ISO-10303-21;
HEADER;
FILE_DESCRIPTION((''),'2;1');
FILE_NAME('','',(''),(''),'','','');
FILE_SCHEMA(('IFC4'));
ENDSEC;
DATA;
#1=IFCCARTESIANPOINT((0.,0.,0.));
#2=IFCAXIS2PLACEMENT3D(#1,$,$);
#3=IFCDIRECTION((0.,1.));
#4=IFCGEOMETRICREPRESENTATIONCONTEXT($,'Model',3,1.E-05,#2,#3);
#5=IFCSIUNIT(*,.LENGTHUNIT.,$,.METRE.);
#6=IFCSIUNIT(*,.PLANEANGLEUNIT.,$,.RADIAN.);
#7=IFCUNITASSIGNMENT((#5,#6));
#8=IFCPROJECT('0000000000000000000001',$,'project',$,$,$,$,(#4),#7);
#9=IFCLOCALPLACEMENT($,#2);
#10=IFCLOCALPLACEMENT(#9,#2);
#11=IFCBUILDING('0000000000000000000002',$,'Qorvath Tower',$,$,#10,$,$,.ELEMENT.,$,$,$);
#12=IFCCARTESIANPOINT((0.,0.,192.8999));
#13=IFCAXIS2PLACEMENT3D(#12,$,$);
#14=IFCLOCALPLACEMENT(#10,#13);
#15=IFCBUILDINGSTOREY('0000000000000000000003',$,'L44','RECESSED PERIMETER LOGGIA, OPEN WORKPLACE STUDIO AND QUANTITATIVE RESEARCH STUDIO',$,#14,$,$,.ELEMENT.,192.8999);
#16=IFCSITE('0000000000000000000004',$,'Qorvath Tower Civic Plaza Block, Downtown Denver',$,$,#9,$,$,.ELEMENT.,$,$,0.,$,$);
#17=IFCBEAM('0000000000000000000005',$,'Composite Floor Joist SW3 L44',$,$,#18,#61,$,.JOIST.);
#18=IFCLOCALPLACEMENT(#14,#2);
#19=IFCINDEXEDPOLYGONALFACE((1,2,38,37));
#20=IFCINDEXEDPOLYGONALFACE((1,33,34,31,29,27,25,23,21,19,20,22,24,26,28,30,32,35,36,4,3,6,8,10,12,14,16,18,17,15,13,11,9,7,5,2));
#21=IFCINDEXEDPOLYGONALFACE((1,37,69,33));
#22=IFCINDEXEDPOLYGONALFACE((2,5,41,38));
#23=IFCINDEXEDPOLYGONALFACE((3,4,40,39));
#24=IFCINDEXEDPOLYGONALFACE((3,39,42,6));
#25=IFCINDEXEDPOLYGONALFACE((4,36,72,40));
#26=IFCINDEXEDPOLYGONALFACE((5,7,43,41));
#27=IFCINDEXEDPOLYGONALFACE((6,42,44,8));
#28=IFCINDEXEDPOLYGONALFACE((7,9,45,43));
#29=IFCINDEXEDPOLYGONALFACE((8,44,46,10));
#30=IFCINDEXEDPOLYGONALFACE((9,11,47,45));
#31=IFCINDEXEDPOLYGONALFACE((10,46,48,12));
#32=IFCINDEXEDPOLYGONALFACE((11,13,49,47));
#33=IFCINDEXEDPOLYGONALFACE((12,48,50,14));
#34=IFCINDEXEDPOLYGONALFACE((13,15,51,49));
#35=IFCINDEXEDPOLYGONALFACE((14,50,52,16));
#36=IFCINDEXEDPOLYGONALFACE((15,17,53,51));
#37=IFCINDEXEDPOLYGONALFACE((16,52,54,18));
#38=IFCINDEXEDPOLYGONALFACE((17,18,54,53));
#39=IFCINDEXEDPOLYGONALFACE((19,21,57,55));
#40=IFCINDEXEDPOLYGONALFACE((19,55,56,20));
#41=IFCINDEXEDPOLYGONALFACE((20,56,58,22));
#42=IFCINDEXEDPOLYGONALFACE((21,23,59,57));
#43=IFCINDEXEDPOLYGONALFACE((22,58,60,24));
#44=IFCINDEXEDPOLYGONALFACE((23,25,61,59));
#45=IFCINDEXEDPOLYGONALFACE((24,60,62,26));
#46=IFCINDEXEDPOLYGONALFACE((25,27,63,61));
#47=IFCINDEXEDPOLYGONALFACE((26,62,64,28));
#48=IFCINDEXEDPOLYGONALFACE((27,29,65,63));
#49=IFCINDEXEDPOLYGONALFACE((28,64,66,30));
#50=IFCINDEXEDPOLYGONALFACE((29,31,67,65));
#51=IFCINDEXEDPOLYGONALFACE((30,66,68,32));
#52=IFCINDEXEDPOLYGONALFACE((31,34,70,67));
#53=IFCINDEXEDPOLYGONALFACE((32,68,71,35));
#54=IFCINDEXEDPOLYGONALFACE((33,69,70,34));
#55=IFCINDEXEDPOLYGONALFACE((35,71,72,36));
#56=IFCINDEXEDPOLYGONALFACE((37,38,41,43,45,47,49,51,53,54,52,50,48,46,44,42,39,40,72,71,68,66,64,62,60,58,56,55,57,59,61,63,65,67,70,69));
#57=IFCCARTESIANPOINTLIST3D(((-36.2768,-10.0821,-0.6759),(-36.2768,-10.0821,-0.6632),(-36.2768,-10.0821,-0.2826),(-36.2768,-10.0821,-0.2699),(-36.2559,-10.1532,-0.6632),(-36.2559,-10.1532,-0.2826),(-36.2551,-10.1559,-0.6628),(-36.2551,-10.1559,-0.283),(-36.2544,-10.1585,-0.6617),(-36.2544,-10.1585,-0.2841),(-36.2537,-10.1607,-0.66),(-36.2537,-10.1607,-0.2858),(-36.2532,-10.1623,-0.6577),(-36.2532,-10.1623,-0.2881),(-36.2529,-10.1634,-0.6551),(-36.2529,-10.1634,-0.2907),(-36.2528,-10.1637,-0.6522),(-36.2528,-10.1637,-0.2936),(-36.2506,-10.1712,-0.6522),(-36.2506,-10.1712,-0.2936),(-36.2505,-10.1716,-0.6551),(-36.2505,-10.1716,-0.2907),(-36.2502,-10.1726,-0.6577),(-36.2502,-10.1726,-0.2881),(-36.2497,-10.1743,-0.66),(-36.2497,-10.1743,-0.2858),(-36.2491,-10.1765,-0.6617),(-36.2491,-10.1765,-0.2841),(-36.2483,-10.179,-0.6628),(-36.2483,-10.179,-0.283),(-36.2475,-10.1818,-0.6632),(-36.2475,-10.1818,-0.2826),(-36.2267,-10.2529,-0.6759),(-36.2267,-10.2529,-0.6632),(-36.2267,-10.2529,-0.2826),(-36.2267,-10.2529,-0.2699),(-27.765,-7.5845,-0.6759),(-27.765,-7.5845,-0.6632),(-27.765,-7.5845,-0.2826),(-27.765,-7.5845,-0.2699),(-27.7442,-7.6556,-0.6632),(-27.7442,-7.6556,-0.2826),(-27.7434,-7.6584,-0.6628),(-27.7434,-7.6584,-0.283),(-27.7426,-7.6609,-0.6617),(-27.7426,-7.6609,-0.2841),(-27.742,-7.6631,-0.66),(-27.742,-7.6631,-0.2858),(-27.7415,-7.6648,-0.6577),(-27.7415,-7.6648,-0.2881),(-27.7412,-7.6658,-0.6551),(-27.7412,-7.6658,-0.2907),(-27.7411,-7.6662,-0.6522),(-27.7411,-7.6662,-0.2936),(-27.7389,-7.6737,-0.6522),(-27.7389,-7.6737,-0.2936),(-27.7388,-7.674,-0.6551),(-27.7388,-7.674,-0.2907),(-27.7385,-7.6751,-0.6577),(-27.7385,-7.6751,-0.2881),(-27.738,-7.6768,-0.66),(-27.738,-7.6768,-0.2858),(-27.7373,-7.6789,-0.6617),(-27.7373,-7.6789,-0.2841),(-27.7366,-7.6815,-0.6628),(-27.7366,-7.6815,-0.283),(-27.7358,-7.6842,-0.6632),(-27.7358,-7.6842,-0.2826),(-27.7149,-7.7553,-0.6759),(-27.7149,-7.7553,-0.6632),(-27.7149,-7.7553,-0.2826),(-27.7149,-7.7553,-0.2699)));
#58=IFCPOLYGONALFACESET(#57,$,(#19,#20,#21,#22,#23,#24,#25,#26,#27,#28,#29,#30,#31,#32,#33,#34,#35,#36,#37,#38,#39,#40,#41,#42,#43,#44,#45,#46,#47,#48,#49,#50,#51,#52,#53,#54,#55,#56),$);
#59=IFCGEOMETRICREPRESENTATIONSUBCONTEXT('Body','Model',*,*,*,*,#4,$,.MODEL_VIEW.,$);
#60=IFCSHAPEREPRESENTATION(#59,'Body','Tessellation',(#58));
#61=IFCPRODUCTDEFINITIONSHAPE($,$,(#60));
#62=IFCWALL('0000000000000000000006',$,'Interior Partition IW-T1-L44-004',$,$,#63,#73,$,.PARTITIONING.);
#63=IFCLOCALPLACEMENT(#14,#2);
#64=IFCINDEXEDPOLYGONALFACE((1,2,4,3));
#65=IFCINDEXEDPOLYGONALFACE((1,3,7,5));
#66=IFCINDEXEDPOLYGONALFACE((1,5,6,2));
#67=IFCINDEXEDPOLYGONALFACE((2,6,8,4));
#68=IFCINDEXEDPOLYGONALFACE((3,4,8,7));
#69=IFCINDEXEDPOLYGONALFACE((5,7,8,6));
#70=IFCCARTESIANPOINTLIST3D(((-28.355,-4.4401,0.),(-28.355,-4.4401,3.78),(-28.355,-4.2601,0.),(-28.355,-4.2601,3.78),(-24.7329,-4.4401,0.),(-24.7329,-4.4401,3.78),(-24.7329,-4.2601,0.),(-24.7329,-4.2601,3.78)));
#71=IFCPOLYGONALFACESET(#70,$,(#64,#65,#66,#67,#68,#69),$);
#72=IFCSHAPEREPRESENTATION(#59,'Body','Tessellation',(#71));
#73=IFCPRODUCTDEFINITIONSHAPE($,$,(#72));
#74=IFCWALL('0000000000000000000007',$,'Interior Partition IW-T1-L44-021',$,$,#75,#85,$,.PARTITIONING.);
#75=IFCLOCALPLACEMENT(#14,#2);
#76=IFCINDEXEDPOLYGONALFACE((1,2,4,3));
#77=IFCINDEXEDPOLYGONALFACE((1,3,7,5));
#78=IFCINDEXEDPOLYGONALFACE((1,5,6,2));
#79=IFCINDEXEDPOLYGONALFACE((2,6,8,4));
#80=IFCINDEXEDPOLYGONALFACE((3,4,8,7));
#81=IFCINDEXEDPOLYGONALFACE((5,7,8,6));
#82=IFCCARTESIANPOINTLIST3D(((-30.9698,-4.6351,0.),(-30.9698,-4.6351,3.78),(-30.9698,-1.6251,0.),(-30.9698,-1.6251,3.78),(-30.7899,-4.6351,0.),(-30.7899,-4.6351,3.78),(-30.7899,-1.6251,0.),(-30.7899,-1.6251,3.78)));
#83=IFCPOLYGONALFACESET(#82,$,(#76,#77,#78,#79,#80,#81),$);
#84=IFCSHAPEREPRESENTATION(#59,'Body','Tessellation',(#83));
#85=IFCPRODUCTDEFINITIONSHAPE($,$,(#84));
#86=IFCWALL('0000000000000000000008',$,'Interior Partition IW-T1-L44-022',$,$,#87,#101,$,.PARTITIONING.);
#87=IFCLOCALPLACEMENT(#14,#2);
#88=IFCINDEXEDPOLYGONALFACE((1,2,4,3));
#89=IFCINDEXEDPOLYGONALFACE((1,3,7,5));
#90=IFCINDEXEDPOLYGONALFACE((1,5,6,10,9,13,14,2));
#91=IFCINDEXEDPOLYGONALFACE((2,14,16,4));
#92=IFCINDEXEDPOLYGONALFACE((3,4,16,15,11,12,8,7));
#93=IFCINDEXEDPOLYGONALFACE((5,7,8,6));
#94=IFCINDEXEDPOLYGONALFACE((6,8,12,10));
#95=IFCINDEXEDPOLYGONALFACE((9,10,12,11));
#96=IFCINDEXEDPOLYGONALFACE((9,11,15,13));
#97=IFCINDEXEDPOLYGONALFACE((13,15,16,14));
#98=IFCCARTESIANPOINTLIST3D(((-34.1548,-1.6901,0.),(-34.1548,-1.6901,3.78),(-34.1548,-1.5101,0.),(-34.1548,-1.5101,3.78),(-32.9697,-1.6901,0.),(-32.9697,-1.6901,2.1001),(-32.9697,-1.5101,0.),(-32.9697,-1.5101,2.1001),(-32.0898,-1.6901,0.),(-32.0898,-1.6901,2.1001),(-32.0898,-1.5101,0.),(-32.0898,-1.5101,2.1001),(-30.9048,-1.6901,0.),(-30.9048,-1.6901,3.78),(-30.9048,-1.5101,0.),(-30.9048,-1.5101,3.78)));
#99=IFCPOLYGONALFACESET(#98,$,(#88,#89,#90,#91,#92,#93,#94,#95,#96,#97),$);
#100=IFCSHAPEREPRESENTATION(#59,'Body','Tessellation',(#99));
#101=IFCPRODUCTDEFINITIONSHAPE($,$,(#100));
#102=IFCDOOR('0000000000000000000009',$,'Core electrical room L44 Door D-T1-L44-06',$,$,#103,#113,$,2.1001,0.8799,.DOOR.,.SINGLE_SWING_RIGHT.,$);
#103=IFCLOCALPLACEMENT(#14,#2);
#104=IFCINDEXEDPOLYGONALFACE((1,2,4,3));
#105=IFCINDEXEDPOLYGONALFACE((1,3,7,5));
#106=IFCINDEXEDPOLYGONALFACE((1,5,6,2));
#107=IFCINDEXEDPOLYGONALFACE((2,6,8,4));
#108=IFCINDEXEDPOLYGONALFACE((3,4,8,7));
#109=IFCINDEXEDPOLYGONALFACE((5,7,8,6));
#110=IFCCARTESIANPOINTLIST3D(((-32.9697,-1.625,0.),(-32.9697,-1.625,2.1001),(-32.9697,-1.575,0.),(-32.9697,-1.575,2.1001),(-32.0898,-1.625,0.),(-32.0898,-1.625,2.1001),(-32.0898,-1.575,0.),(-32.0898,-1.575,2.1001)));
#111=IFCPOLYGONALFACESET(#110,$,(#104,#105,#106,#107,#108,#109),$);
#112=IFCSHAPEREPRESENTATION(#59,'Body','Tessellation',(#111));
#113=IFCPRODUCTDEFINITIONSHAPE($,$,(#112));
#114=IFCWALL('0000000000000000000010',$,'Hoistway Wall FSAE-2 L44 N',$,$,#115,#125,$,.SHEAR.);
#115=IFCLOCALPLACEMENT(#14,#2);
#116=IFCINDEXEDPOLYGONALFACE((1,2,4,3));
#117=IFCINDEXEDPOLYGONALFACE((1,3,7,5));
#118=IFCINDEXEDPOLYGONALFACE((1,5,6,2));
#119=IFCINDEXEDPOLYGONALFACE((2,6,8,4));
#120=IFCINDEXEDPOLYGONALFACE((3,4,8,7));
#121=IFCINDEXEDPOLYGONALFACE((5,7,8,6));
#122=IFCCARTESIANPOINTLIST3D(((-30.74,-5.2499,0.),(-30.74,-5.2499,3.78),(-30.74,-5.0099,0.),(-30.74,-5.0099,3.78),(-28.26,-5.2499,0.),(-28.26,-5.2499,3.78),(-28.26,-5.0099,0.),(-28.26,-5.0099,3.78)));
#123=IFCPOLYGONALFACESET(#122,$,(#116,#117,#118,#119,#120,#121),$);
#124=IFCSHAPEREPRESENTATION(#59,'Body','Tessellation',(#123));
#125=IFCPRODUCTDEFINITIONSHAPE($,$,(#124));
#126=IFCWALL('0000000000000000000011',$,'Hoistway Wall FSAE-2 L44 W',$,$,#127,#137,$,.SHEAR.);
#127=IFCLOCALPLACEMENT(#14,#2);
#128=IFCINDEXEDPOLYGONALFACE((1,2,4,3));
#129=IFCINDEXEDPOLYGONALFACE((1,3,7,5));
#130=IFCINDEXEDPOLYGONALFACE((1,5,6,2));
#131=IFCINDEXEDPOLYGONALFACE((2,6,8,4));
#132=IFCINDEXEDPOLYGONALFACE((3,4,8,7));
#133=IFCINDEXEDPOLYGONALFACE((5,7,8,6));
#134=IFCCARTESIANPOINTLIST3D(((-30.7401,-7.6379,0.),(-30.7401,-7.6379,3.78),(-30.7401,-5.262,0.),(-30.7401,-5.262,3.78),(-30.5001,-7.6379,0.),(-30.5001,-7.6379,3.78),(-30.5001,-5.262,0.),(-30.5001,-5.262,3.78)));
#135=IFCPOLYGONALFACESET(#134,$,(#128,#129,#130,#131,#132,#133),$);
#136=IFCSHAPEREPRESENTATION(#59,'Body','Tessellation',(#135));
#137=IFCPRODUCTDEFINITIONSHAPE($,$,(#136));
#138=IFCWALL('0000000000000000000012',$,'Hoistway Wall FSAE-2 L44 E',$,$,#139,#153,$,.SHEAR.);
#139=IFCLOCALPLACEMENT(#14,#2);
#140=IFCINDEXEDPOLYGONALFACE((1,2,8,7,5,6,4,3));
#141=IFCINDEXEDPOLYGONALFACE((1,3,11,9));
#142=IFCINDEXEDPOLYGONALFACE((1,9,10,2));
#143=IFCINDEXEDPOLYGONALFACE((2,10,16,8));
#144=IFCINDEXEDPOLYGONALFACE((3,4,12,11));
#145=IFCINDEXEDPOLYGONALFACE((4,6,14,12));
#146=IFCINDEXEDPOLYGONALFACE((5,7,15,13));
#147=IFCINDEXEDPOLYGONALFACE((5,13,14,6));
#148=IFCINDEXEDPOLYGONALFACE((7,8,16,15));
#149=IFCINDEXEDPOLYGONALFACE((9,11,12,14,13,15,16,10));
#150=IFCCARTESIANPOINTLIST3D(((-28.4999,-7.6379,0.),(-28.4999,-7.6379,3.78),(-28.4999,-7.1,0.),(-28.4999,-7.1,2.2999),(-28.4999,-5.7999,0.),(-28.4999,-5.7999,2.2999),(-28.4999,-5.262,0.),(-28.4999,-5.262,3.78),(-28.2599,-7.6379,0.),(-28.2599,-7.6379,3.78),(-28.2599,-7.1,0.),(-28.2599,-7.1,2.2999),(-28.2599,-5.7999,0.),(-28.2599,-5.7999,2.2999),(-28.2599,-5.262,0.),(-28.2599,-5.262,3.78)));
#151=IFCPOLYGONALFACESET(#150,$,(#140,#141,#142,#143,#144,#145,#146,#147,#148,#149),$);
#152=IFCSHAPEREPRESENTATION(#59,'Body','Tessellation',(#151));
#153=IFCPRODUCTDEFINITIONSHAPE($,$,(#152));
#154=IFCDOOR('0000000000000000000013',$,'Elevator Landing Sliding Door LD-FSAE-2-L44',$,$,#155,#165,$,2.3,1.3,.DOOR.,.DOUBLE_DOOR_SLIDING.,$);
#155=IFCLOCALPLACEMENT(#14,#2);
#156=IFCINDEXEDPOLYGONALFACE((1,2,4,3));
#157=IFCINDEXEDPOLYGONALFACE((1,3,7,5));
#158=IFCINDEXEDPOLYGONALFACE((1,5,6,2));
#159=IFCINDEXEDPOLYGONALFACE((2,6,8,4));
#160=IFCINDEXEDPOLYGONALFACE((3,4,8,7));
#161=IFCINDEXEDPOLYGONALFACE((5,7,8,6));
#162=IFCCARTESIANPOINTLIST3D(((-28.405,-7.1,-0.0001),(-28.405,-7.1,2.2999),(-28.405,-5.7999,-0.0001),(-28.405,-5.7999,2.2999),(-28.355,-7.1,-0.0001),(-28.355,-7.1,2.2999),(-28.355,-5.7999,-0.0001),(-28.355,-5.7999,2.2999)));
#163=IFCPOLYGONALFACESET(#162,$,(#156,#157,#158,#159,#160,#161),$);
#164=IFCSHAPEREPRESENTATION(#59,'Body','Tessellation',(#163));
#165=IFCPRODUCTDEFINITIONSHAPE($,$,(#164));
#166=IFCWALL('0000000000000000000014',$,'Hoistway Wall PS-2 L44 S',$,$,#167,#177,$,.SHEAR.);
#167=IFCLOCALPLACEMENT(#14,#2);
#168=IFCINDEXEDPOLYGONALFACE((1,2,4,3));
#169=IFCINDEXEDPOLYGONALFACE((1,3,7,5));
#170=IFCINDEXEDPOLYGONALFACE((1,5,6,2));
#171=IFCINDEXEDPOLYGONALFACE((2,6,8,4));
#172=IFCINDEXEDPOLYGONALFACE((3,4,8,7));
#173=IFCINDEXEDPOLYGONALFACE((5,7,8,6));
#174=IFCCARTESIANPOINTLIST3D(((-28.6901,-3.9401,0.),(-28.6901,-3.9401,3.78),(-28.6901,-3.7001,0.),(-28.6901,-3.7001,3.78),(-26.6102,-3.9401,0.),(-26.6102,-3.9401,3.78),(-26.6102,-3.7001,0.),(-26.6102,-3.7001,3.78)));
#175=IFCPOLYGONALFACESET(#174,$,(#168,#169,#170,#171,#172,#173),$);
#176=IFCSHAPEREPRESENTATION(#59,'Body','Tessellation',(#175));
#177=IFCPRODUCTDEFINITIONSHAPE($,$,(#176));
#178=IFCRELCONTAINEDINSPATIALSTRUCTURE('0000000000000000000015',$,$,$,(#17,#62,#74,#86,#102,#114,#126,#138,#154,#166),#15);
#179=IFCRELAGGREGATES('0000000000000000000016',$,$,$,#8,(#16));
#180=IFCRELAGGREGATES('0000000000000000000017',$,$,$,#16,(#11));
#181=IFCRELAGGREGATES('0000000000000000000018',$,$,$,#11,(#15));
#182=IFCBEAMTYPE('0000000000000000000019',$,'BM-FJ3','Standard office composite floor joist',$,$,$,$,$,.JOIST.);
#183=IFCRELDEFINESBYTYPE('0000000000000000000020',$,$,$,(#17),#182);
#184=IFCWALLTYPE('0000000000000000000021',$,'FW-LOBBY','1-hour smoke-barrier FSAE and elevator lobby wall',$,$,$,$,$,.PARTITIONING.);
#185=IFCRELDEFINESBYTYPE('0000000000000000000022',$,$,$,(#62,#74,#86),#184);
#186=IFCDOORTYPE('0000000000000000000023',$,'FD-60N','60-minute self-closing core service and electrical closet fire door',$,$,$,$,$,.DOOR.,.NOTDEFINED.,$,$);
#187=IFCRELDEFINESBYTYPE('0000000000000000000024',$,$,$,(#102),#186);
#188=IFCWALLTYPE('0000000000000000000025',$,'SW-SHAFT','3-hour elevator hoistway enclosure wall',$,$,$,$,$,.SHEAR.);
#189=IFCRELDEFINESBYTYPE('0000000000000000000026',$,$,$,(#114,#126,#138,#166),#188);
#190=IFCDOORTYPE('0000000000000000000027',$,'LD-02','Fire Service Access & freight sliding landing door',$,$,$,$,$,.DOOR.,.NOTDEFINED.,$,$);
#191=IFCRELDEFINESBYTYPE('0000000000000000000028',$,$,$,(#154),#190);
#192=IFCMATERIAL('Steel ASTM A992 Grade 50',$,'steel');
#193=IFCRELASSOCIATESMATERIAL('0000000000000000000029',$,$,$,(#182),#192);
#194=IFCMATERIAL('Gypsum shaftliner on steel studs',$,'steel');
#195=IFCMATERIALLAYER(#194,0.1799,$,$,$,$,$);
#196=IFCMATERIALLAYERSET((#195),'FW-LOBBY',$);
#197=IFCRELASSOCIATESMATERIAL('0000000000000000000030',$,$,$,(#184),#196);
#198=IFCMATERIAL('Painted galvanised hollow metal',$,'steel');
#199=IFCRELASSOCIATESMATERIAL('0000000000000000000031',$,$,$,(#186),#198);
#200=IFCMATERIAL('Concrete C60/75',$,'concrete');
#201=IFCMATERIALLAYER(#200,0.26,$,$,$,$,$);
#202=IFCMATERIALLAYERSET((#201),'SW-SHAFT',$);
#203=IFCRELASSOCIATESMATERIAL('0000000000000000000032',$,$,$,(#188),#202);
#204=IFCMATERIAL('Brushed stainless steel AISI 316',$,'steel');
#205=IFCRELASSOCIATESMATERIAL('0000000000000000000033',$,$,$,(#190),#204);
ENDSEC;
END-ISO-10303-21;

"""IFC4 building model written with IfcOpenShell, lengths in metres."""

from ifc_helpers import new_model, si_unit, direction, frame, frame_2d, origin, origin_2d, place, context, subcontext, project, spatial, rectangle, i_section, extrude, material, layer, layer_set, material_profile, profile_set, type_object, element, fill, save


model = new_model("IFC4")

# Units and contexts
model_context = context("Model", 3, precision=1e-05, world=origin(), true_north=direction((0.0, 1.0)))
body_context = subcontext(model_context, "Body", "Model", "MODEL_VIEW")
ifc_project = project(units=[si_unit("LENGTHUNIT", "METRE"), si_unit("PLANEANGLEUNIT", "RADIAN")], contexts=[model_context])

# Site, building, storey
site_placement = place(None, origin())
site = spatial("IfcSite", under=ifc_project, at=site_placement, Name="Qorvath Tower Civic Plaza Block, Downtown Denver", CompositionType="ELEMENT", RefElevation=0.0)
building_placement = place(site_placement, origin())
building = spatial("IfcBuilding", under=site, at=building_placement, Name="Qorvath Tower", CompositionType="ELEMENT")
storey_placement = place(building_placement, frame((0.0, 0.0, 192.8999)))
storey = spatial("IfcBuildingStorey", under=building, at=storey_placement, Name="L44", Description="RECESSED PERIMETER LOGGIA, OPEN WORKPLACE STUDIO AND QUANTITATIVE RESEARCH STUDIO", CompositionType="ELEMENT", Elevation=192.8999)

# Beam
ifc_material_1 = material(Name="Steel ASTM A992 Grade 50", Category="steel")
ifc_material_profile_1 = material_profile(ifc_material_1, i_section(OverallWidth=0.178, OverallDepth=0.406, WebThickness=0.0078, FlangeThickness=0.0127, FilletRadius=0.011, at=origin_2d()), Name="W16x40")
ifc_profile_set_1 = profile_set([ifc_material_profile_1], Name="Steel ASTM A992 Grade 50")
beam_type_1 = type_object("IfcBeamType", Name="BM-FJ3", Description="Standard office composite floor joist", PredefinedType="JOIST", material=ifc_profile_set_1)
beam_1_placement = place(storey_placement, frame((-27.74, -7.6699, -0.4729), z_axis=(-0.959545, -0.281555, 0.0), x_axis=(0.281555, -0.959545, 0.0)))
element("IfcBeam", 1, at=beam_1_placement, inside=storey, type_object=beam_type_1, Name="Composite Floor Joist SW3 L44", PredefinedType="JOIST", context=body_context, shape_type="SweptSolid", body=[
    extrude(i_section(OverallWidth=0.178, OverallDepth=0.406, WebThickness=0.0078, FlangeThickness=0.0127, FilletRadius=0.011, at=origin_2d()), origin(), (0.0, 0.0, 1.0), 8.8706),
])

# Walls
ifc_material_2 = material(Name="Gypsum shaftliner on steel studs", Category="steel")
ifc_layer_1 = layer(ifc_material_2, 0.1799)
ifc_layer_set_1 = layer_set([ifc_layer_1], Name="FW-LOBBY")
wall_type_1 = type_object("IfcWallType", Name="FW-LOBBY", Description="1-hour smoke-barrier FSAE and elevator lobby wall", PredefinedType="PARTITIONING", material=ifc_layer_set_1)
wall_1_placement = place(storey_placement, frame((-24.7329, -4.3501, 0.0), z_axis=(0.0, 0.0, 1.0), x_axis=(-1.0, 0.0, 0.0)))
element("IfcWall", 2, at=wall_1_placement, inside=storey, type_object=wall_type_1, Name="Interior Partition IW-T1-L44-004", PredefinedType="PARTITIONING", context=body_context, shape_type="SweptSolid", body=[
    extrude(rectangle(XDim=3.6221, YDim=0.1799, at=frame_2d((1.811, 0.0))), origin(), (0.0, 0.0, 1.0), 3.78),
])
wall_2_placement = place(storey_placement, frame((-30.8799, -4.635, 0.0), z_axis=(0.0, 0.0, 1.0), x_axis=(0.0, 1.0, 0.0)))
element("IfcWall", 3, at=wall_2_placement, inside=storey, type_object=wall_type_1, Name="Interior Partition IW-T1-L44-021", PredefinedType="PARTITIONING", context=body_context, shape_type="SweptSolid", body=[
    extrude(rectangle(XDim=3.01, YDim=0.1799, at=frame_2d((1.5049, 0.0))), origin(), (0.0, 0.0, 1.0), 3.78),
])

# Wall, opening, door
wall_3_placement = place(storey_placement, frame((-30.9048, -1.6001, 0.0), z_axis=(0.0, 0.0, 1.0), x_axis=(-1.0, 0.0, 0.0)))
wall_3 = element("IfcWall", 4, at=wall_3_placement, inside=storey, type_object=wall_type_1, Name="Interior Partition IW-T1-L44-022", PredefinedType="PARTITIONING", context=body_context, shape_type="SweptSolid", body=[
    extrude(rectangle(XDim=3.25, YDim=0.1799, at=frame_2d((1.625, 0.0))), origin(), (0.0, 0.0, 1.0), 3.78),
])
opening_1_placement = place(wall_3_placement, frame((1.1851, 0.0, 0.0)))
opening_1 = element("IfcOpeningElement", 5, at=opening_1_placement, cuts=wall_3, PredefinedType="OPENING", context=body_context, shape_type="SweptSolid", body=[
    extrude(rectangle(XDim=0.8799, YDim=2.1001, at=frame_2d((0.4399, 1.05))), frame((0.0, 0.1001, 0.0), z_axis=(0.0, -1.0, 0.0), x_axis=(1.0, 0.0, 0.0)), (0.0, 0.0, 1.0), 0.2),
])
ifc_material_3 = material(Name="Painted galvanised hollow metal", Category="steel")
door_type_1 = type_object("IfcDoorType", Name="FD-60N", Description="60-minute self-closing core service and electrical closet fire door", OperationType="NOTDEFINED", PredefinedType="DOOR", material=ifc_material_3)
door_1_placement = place(opening_1_placement, origin())
door_1 = element("IfcDoor", 6, at=door_1_placement, inside=storey, type_object=door_type_1, Name="Core electrical room L44 Door D-T1-L44-06", OperationType="SINGLE_SWING_RIGHT", OverallHeight=2.1001, OverallWidth=0.8799, PredefinedType="DOOR", context=body_context, shape_type="SweptSolid", body=[
    extrude(rectangle(XDim=0.8799, YDim=2.1001, at=frame_2d((0.4399, 1.05))), frame((0.0, 0.0249, 0.0), z_axis=(0.0, -1.0, 0.0), x_axis=(1.0, 0.0, 0.0)), (0.0, 0.0, 1.0), 0.05),
])
fill(opening_1, door_1)

# Walls
ifc_material_4 = material(Name="Concrete C60/75", Category="concrete")
ifc_layer_2 = layer(ifc_material_4, 0.26)
ifc_layer_set_2 = layer_set([ifc_layer_2], Name="SW-SHAFT")
wall_type_2 = type_object("IfcWallType", Name="SW-SHAFT", Description="3-hour elevator hoistway enclosure wall", PredefinedType="SHEAR", material=ifc_layer_set_2)
wall_4_placement = place(storey_placement, frame((-30.74, -5.1299, 0.0), z_axis=(0.0, 0.0, 1.0), x_axis=(1.0, 0.0, 0.0)))
element("IfcWall", 7, at=wall_4_placement, inside=storey, type_object=wall_type_2, Name="Hoistway Wall FSAE-2 L44 N", PredefinedType="SHEAR", context=body_context, shape_type="SweptSolid", body=[
    extrude(rectangle(XDim=2.48, YDim=0.24, at=frame_2d((1.24, 0.0))), origin(), (0.0, 0.0, 1.0), 3.78),
])
wall_5_placement = place(storey_placement, frame((-30.6201, -7.6379, 0.0), z_axis=(0.0, 0.0, 1.0), x_axis=(0.0, 1.0, 0.0)))
element("IfcWall", 8, at=wall_5_placement, inside=storey, type_object=wall_type_2, Name="Hoistway Wall FSAE-2 L44 W", PredefinedType="SHEAR", context=body_context, shape_type="SweptSolid", body=[
    extrude(rectangle(XDim=2.376, YDim=0.24, at=frame_2d((1.188, 0.0))), origin(), (0.0, 0.0, 1.0), 3.78),
])

# Wall, opening, door
wall_6_placement = place(storey_placement, frame((-28.3799, -5.262, 0.0), z_axis=(0.0, 0.0, 1.0), x_axis=(0.0, -1.0, 0.0)))
wall_6 = element("IfcWall", 9, at=wall_6_placement, inside=storey, type_object=wall_type_2, Name="Hoistway Wall FSAE-2 L44 E", PredefinedType="SHEAR", context=body_context, shape_type="SweptSolid", body=[
    extrude(rectangle(XDim=2.376, YDim=0.24, at=frame_2d((1.188, 0.0))), origin(), (0.0, 0.0, 1.0), 3.78),
])
opening_2_placement = place(wall_6_placement, frame((0.5381, 0.0, 0.0)))
opening_2 = element("IfcOpeningElement", 10, at=opening_2_placement, cuts=wall_6, PredefinedType="OPENING", context=body_context, shape_type="SweptSolid", body=[
    extrude(rectangle(XDim=1.3, YDim=2.3, at=frame_2d((0.6499, 1.1499))), frame((0.0, 0.1299, 0.0), z_axis=(0.0, -1.0, 0.0), x_axis=(1.0, 0.0, 0.0)), (0.0, 0.0, 1.0), 0.26),
])
ifc_material_5 = material(Name="Brushed stainless steel AISI 316", Category="steel")
door_type_2 = type_object("IfcDoorType", Name="LD-02", Description="Fire Service Access & freight sliding landing door", OperationType="NOTDEFINED", PredefinedType="DOOR", material=ifc_material_5)
door_2_placement = place(opening_2_placement, origin())
door_2 = element("IfcDoor", 11, at=door_2_placement, inside=storey, type_object=door_type_2, Name="Elevator Landing Sliding Door LD-FSAE-2-L44", OperationType="DOUBLE_DOOR_SLIDING", OverallHeight=2.3, OverallWidth=1.3, PredefinedType="DOOR", context=body_context, shape_type="SweptSolid", body=[
    extrude(rectangle(XDim=1.3, YDim=2.3, at=frame_2d((0.6499, 1.1499))), frame((0.0, 0.0249, 0.0), z_axis=(0.0, -1.0, 0.0), x_axis=(1.0, 0.0, 0.0)), (0.0, 0.0, 1.0), 0.05),
])
fill(opening_2, door_2)

# Wall
for number, where, z_axis, x_axis, name in (
    (12, (-26.6101, -3.8201, 0.0), (0.0, 0.0, 1.0), (-1.0, 0.0, 0.0), "Hoistway Wall PS-2 L44 S"),
):
    element("IfcWall", number, at=place(storey_placement, frame(where, z_axis=z_axis, x_axis=x_axis)), inside=storey, type_object=wall_type_2, Name=name, PredefinedType="SHEAR", context=body_context, shape_type="SweptSolid", body=[
        extrude(rectangle(XDim=2.0798, YDim=0.24, at=frame_2d((1.04, 0.0))), origin(), (0.0, 0.0, 1.0), 3.78),
    ])

save(model, "model.ifc")
